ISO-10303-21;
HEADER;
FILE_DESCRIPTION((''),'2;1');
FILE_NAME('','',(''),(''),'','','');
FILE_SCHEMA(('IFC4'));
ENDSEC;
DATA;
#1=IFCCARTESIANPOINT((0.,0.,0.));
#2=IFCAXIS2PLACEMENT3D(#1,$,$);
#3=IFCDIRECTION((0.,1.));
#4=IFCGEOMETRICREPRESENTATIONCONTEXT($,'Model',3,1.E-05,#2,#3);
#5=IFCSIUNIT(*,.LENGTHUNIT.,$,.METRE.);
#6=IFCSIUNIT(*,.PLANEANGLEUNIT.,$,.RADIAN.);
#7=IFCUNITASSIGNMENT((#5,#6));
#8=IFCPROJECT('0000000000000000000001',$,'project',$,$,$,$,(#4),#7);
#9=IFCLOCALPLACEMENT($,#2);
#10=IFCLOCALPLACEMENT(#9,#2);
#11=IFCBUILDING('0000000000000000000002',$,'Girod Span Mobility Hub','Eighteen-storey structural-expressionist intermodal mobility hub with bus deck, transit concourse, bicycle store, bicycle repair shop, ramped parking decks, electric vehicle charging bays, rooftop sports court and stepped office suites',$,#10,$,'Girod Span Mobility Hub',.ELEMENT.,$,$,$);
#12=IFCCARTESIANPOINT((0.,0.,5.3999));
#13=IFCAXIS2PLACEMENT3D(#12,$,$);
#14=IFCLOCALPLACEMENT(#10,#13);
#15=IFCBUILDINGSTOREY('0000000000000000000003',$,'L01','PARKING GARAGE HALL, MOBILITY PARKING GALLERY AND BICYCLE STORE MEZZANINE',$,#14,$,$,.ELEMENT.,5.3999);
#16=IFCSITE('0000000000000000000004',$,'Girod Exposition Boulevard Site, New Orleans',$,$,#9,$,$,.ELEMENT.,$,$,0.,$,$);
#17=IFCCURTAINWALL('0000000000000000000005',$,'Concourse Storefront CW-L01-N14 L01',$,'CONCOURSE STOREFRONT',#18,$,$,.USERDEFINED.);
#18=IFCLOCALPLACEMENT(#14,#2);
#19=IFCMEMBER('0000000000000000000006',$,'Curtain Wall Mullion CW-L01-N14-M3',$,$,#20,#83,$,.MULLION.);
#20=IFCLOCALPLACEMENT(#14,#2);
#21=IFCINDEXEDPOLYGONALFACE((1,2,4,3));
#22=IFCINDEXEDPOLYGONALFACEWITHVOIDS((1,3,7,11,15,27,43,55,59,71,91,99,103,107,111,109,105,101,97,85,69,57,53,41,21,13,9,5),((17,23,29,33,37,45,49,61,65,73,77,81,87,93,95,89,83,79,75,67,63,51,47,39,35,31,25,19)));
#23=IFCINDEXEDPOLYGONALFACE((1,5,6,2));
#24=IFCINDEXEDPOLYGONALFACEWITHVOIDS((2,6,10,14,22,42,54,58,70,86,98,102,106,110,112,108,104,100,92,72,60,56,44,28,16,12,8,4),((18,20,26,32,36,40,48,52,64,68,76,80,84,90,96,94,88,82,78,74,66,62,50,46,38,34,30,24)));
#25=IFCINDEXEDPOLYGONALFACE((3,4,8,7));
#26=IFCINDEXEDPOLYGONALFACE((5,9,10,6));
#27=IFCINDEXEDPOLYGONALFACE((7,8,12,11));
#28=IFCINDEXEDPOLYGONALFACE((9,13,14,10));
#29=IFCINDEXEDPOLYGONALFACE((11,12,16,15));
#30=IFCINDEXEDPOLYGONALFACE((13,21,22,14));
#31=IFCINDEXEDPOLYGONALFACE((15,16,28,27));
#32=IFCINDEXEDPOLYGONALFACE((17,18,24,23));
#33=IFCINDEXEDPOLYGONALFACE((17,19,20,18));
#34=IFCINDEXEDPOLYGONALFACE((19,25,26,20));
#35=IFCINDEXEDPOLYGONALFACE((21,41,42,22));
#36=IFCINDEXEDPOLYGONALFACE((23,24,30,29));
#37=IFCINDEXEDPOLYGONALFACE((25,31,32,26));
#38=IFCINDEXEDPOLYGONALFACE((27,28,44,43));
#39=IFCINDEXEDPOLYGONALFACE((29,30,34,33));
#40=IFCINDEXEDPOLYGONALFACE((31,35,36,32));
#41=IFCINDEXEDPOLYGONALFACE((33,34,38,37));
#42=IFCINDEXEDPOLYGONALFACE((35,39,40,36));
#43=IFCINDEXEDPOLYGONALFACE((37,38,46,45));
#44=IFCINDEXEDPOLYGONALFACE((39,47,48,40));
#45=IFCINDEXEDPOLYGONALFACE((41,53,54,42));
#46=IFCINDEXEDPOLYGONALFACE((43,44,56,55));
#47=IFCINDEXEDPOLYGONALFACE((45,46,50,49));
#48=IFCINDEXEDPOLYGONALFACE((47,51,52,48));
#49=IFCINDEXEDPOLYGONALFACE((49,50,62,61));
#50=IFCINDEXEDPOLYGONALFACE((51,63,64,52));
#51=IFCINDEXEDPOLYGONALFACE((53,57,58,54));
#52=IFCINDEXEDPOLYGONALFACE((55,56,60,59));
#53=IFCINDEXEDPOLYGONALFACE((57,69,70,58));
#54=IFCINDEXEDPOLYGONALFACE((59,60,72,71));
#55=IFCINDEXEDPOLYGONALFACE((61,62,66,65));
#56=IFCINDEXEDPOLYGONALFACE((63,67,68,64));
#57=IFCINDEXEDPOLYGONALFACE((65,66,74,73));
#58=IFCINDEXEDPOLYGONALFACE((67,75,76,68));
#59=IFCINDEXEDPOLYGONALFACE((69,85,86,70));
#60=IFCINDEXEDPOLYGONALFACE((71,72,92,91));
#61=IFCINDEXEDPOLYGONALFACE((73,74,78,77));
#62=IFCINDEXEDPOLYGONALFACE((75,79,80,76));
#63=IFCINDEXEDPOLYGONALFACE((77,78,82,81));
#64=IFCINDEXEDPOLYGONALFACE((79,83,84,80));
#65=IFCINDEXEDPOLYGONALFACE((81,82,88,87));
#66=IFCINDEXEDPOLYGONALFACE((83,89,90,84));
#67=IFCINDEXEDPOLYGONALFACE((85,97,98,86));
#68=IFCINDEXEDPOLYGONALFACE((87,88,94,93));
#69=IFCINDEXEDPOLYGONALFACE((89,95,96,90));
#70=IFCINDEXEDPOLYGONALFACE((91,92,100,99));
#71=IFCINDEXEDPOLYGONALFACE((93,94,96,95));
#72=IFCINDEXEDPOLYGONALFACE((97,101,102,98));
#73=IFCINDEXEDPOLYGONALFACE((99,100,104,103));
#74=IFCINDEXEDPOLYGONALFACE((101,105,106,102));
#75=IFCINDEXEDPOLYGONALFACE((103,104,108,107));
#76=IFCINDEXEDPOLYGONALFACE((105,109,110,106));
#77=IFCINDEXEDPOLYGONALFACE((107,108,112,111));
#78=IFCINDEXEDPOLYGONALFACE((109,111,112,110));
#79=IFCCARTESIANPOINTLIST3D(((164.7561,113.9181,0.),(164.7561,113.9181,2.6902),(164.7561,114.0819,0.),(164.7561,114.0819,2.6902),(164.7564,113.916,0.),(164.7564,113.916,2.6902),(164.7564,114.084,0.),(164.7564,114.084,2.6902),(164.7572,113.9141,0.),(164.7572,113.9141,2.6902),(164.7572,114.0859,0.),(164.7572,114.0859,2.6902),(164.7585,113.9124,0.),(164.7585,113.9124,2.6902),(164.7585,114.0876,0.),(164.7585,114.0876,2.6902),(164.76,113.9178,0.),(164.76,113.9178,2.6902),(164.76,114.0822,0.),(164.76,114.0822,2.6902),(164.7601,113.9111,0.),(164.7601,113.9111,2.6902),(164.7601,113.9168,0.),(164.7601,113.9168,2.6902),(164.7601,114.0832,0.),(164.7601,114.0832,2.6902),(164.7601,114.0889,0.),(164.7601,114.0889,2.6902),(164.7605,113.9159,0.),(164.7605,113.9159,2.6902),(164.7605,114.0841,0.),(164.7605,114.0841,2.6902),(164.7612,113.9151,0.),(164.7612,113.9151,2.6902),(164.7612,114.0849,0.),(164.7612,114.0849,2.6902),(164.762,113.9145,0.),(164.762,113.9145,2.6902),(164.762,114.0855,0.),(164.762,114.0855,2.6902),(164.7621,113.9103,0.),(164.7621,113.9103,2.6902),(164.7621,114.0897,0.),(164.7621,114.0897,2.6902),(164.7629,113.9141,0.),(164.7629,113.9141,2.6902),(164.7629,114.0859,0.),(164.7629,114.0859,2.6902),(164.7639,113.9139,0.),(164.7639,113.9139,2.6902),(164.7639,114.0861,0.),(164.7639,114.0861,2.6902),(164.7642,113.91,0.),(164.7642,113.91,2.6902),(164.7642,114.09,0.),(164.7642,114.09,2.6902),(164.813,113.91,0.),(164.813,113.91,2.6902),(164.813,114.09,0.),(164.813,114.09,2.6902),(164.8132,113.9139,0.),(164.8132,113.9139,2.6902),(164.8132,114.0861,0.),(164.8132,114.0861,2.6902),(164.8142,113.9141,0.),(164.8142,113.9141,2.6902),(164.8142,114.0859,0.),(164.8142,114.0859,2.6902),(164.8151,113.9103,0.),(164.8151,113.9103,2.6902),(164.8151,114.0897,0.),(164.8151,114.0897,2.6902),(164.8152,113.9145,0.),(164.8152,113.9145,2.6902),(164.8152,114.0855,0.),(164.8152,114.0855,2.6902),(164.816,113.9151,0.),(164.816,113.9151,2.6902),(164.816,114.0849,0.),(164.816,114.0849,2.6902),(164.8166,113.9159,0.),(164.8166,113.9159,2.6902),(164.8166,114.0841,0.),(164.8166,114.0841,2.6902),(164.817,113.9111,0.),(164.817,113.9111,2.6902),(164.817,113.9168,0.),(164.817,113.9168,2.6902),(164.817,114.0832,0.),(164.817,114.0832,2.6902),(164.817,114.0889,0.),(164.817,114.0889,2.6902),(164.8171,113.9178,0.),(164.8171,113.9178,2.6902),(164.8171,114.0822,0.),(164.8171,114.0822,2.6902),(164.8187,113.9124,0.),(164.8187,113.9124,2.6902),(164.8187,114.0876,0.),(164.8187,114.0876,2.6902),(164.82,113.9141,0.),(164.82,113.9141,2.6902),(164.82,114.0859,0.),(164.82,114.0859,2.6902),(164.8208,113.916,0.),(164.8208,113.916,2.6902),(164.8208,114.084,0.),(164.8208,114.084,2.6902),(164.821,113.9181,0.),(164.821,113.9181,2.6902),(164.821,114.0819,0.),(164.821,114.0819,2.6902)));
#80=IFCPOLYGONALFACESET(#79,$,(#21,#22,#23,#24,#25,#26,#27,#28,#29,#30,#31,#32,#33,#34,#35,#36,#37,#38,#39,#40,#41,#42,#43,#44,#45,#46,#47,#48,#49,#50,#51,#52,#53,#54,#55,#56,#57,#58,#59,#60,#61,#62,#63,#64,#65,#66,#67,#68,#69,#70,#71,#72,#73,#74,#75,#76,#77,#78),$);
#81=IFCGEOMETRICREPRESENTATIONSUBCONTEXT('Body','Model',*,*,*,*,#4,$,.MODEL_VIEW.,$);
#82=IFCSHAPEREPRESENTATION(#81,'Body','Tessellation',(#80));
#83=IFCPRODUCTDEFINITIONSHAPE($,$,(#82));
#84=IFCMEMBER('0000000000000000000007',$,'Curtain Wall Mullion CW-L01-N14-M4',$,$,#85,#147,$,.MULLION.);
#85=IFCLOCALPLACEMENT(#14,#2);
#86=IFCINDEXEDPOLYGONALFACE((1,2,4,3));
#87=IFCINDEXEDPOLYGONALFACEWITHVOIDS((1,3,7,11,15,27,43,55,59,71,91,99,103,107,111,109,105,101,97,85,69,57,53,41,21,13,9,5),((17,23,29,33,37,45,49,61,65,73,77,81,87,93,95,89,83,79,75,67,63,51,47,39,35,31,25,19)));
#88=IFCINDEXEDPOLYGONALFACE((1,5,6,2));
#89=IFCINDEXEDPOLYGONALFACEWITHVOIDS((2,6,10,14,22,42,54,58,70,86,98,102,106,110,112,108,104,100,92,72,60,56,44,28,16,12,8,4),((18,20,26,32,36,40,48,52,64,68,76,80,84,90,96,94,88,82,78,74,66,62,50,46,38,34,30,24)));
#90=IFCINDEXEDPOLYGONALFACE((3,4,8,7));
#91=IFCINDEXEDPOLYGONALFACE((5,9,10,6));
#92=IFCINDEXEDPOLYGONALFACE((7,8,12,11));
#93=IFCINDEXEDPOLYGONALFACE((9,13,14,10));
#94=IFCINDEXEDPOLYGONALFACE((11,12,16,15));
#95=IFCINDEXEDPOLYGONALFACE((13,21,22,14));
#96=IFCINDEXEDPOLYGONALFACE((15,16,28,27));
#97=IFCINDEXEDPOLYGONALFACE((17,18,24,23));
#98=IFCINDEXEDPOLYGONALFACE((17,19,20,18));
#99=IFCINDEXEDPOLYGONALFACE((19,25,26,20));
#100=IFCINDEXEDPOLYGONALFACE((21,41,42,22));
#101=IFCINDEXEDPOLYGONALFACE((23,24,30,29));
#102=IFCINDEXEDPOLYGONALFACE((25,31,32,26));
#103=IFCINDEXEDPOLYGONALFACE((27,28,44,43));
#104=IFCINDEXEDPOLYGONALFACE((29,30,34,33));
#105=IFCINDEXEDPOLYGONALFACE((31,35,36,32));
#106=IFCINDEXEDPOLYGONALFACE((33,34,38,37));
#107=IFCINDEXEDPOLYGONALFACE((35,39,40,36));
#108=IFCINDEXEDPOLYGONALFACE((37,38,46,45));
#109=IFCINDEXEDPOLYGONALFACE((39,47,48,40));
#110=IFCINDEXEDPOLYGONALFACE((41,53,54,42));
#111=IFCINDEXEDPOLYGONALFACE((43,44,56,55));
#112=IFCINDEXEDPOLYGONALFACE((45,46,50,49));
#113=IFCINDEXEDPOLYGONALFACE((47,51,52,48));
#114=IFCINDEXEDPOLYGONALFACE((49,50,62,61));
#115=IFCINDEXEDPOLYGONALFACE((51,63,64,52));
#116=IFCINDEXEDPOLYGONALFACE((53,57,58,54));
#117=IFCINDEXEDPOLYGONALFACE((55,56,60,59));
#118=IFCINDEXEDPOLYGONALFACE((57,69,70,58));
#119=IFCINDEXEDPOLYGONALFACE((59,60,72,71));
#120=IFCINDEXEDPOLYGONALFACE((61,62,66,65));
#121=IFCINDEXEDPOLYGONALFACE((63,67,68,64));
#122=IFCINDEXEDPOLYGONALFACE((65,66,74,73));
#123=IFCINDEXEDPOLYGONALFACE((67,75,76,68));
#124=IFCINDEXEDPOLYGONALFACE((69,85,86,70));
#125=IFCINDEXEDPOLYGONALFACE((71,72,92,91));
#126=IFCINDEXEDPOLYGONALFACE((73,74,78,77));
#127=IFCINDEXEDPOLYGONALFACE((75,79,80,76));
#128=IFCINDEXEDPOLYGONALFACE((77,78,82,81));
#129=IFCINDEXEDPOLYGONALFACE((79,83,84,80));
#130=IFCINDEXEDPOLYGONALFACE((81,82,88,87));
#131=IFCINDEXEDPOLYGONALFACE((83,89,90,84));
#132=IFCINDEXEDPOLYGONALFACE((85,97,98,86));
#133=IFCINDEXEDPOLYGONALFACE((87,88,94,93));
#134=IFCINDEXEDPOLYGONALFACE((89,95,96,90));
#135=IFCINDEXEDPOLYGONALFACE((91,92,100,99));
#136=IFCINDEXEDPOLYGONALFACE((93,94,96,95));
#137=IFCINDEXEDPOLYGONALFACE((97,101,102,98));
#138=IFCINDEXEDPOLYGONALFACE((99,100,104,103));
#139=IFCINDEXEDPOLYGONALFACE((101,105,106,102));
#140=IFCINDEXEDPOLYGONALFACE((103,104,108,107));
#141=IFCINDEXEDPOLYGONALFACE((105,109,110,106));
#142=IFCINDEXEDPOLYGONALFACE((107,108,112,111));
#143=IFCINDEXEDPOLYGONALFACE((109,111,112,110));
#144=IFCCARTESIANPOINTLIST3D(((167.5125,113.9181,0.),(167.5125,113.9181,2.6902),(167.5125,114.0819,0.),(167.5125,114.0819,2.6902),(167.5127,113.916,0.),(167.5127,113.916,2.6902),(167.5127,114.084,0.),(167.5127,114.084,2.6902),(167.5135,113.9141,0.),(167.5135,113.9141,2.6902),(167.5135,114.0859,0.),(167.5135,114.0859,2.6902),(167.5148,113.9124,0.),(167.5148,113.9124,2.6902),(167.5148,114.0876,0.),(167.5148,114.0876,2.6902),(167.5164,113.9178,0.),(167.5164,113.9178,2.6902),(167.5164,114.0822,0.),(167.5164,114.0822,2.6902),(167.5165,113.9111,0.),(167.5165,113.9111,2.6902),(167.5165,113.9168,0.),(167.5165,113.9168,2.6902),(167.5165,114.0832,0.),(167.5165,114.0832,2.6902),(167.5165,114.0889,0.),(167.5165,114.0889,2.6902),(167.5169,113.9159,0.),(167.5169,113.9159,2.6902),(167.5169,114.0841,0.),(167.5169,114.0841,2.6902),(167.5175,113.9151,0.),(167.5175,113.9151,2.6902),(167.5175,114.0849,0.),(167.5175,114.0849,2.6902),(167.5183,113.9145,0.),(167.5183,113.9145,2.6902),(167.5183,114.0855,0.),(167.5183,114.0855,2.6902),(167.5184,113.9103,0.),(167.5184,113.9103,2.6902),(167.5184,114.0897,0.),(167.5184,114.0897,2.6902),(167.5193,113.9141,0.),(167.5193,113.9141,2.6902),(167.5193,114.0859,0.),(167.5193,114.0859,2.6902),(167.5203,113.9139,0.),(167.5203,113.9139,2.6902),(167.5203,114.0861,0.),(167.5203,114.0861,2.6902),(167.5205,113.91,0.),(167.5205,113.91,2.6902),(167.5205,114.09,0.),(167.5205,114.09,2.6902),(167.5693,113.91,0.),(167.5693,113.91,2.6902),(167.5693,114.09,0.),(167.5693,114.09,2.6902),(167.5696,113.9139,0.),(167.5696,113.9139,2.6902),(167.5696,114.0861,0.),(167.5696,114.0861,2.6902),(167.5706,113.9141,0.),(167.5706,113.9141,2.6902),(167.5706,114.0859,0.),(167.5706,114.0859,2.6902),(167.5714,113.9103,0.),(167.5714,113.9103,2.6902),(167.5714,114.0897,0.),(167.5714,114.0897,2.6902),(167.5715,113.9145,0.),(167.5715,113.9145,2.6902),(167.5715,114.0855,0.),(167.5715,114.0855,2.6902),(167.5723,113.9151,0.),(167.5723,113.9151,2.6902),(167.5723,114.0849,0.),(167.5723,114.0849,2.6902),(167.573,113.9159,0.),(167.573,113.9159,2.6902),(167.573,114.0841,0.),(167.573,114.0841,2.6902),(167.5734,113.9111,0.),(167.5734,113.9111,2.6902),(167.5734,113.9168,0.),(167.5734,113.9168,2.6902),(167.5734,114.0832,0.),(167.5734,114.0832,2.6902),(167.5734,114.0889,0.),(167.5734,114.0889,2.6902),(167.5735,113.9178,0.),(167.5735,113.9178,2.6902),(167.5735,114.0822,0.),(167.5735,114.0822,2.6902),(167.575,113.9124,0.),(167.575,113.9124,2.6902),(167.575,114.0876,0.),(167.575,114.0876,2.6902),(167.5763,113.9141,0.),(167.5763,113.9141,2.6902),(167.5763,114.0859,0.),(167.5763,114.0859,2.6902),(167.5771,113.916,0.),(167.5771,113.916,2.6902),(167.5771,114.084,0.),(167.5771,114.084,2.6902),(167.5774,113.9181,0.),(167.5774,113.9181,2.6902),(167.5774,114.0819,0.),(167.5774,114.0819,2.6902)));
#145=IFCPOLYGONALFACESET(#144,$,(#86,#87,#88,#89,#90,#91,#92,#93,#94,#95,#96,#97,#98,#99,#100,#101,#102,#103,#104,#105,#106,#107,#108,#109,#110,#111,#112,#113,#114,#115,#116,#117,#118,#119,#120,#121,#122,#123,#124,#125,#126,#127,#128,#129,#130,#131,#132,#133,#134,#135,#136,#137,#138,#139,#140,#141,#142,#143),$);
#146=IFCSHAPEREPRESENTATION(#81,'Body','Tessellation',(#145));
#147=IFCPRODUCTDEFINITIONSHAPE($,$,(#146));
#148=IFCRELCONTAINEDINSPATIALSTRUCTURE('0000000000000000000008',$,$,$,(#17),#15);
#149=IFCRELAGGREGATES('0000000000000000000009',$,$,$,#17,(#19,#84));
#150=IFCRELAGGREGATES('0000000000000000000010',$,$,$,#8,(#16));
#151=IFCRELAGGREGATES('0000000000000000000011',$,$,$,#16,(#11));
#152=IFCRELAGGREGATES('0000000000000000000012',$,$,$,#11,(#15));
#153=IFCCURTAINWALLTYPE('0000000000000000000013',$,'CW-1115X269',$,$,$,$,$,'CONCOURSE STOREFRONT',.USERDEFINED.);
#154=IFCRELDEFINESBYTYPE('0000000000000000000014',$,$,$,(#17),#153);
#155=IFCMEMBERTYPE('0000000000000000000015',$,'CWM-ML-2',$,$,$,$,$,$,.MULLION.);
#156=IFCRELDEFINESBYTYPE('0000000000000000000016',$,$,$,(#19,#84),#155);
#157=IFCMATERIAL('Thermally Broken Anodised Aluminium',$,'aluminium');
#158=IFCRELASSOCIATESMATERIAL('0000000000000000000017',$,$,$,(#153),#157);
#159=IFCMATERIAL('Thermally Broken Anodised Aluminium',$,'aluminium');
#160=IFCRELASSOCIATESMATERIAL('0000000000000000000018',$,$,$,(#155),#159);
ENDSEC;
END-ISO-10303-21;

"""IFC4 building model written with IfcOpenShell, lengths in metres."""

from ifc_helpers import new_model, si_unit, direction, frame, origin, origin_2d, place, context, subcontext, project, spatial, hollow_rectangle, extrude, material, material_profile, profile_set, type_object, element, aggregate, save


model = new_model("IFC4")

# Units and contexts
model_context = context("Model", 3, precision=1e-05, world=origin(), true_north=direction((0.0, 1.0)))
body_context = subcontext(model_context, "Body", "Model", "MODEL_VIEW")
ifc_project = project(units=[si_unit("LENGTHUNIT", "METRE"), si_unit("PLANEANGLEUNIT", "RADIAN")], contexts=[model_context])

# Site, building, storey
site_placement = place(None, origin())
site = spatial("IfcSite", under=ifc_project, at=site_placement, Name="Girod Exposition Boulevard Site, New Orleans", CompositionType="ELEMENT", RefElevation=0.0)
building_placement = place(site_placement, origin())
building = spatial("IfcBuilding", under=site, at=building_placement, Name="Girod Span Mobility Hub", Description="Eighteen-storey structural-expressionist intermodal mobility hub with bus deck, transit concourse, bicycle store, bicycle repair shop, ramped parking decks, electric vehicle charging bays, rooftop sports court and stepped office suites", LongName="Girod Span Mobility Hub", CompositionType="ELEMENT")
storey_placement = place(building_placement, frame((0.0, 0.0, 5.3999)))
storey = spatial("IfcBuildingStorey", under=building, at=storey_placement, Name="L01", Description="PARKING GARAGE HALL, MOBILITY PARKING GALLERY AND BICYCLE STORE MEZZANINE", CompositionType="ELEMENT", Elevation=5.3999)

# Curtain wall, members
ifc_material_1 = material(Name="Thermally Broken Anodised Aluminium", Category="aluminium")
curtain_wall_type = type_object("IfcCurtainWallType", Name="CW-1115X269", ElementType="CONCOURSE STOREFRONT", PredefinedType="USERDEFINED", material=ifc_material_1)
curtain_wall_placement = place(storey_placement, origin())
curtain_wall = element("IfcCurtainWall", 1, at=curtain_wall_placement, inside=storey, type_object=curtain_wall_type, Name="Concourse Storefront CW-L01-N14 L01", ObjectType="CONCOURSE STOREFRONT", PredefinedType="USERDEFINED")
ifc_material_2 = material(Name="Thermally Broken Anodised Aluminium", Category="aluminium")
ifc_material_profile_1 = material_profile(ifc_material_2, hollow_rectangle(XDim=0.1799, YDim=0.0649, WallThickness=0.0039, InnerFilletRadius=0.0039, OuterFilletRadius=0.0081, at=origin_2d()), Name="CW-ML-65X180")
ifc_profile_set_1 = profile_set([ifc_material_profile_1], Name="Thermally Broken Anodised Aluminium")
member_type_1 = type_object("IfcMemberType", Name="CWM-ML-2", PredefinedType="MULLION", material=ifc_profile_set_1)
member_1_placement = place(storey_placement, frame((164.7886, 114.0, 0.0), z_axis=(0.0, 0.0, 1.0), x_axis=(0.0, 1.0, 0.0)))
member_1 = element("IfcMember", 2, at=member_1_placement, type_object=member_type_1, Name="Curtain Wall Mullion CW-L01-N14-M3", PredefinedType="MULLION", context=body_context, shape_type="SweptSolid", body=[
    extrude(hollow_rectangle(XDim=0.1799, YDim=0.0649, WallThickness=0.0039, InnerFilletRadius=0.0039, OuterFilletRadius=0.0081, at=origin_2d()), origin(), (0.0, 0.0, 1.0), 2.6902),
])
member_2_placement = place(storey_placement, frame((167.5449, 114.0, 0.0), z_axis=(0.0, 0.0, 1.0), x_axis=(0.0, 1.0, 0.0)))
member_2 = element("IfcMember", 3, at=member_2_placement, type_object=member_type_1, Name="Curtain Wall Mullion CW-L01-N14-M4", PredefinedType="MULLION", context=body_context, shape_type="SweptSolid", body=[
    extrude(hollow_rectangle(XDim=0.1799, YDim=0.0649, WallThickness=0.0039, InnerFilletRadius=0.0039, OuterFilletRadius=0.0081, at=origin_2d()), origin(), (0.0, 0.0, 1.0), 2.6902),
])
aggregate(curtain_wall, [member_1, member_2])

save(model, "model.ifc")
